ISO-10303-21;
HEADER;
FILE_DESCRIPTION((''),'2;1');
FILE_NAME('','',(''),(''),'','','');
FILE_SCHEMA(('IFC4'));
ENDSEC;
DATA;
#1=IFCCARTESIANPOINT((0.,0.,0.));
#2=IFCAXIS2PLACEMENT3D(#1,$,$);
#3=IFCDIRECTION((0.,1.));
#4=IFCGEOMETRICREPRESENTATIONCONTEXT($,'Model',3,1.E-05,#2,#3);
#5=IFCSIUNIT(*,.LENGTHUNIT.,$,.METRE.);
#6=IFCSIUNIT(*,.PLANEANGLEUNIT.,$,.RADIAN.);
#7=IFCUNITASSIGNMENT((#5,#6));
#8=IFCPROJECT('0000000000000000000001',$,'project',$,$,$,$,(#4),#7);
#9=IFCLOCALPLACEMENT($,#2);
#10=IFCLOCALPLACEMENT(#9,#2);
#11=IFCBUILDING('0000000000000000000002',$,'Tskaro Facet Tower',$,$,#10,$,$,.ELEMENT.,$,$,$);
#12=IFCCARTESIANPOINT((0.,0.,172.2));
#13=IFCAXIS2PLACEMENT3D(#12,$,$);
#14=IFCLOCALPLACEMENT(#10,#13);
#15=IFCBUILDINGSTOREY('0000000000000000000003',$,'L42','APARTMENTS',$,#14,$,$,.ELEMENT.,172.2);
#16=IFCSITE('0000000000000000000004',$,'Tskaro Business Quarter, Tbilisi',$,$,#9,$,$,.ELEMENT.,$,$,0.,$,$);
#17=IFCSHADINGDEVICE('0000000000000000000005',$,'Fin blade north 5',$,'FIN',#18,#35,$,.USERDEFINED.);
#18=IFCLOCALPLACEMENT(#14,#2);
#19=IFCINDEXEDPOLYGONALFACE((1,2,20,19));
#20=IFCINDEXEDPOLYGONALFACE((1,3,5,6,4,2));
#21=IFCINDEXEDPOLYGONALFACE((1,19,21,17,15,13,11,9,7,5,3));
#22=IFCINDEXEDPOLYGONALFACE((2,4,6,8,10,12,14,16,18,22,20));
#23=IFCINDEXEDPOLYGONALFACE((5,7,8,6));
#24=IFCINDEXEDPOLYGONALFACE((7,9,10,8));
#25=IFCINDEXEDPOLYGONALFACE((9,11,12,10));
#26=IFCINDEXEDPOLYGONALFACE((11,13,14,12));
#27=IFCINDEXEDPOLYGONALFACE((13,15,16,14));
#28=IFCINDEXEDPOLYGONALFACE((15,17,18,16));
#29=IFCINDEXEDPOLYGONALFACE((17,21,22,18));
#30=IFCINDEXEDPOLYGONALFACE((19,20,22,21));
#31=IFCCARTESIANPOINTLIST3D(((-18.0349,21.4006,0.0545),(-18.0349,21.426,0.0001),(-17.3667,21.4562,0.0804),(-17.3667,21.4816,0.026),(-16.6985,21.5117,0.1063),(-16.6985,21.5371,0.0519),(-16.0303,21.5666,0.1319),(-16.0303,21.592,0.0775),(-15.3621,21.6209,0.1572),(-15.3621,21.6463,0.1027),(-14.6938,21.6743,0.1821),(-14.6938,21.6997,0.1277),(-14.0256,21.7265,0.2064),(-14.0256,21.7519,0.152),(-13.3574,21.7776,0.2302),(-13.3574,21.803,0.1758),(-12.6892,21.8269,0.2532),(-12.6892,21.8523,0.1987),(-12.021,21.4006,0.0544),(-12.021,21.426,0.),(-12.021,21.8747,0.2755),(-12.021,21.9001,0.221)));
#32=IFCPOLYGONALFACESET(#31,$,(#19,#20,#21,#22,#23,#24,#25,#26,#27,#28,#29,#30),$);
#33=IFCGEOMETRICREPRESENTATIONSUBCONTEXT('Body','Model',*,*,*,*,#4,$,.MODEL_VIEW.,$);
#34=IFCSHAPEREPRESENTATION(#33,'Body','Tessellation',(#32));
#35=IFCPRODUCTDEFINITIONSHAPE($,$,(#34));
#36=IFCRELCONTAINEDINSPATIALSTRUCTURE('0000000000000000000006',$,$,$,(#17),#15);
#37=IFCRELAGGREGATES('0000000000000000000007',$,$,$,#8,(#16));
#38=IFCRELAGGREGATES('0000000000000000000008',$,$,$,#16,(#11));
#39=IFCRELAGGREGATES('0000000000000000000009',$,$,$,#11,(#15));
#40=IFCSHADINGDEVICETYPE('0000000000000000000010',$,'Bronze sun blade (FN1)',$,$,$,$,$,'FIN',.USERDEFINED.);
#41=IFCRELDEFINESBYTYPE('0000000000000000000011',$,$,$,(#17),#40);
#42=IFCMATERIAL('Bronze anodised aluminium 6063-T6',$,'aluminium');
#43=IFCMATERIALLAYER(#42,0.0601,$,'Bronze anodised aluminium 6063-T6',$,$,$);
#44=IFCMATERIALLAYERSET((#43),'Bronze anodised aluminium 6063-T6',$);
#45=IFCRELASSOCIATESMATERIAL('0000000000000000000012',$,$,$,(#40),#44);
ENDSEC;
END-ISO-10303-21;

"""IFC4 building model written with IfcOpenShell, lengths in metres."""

from ifc_helpers import new_model, si_unit, direction, frame, origin, place, context, subcontext, project, spatial, polyline, outline, extrude, material, layer, layer_set, type_object, element, save


model = new_model("IFC4")

# Units and contexts
model_context = context("Model", 3, precision=1e-05, world=origin(), true_north=direction((0.0, 1.0)))
body_context = subcontext(model_context, "Body", "Model", "MODEL_VIEW")
ifc_project = project(units=[si_unit("LENGTHUNIT", "METRE"), si_unit("PLANEANGLEUNIT", "RADIAN")], contexts=[model_context])

# Site, building, storey
site_placement = place(None, origin())
site = spatial("IfcSite", under=ifc_project, at=site_placement, Name="Tskaro Business Quarter, Tbilisi", CompositionType="ELEMENT", RefElevation=0.0)
building_placement = place(site_placement, origin())
building = spatial("IfcBuilding", under=site, at=building_placement, Name="Tskaro Facet Tower", CompositionType="ELEMENT")
storey_placement = place(building_placement, frame((0.0, 0.0, 172.2)))
storey = spatial("IfcBuildingStorey", under=building, at=storey_placement, Name="L42", Description="APARTMENTS", CompositionType="ELEMENT", Elevation=172.2)

# Shared definitions
ifc_material_1 = material(Name="Bronze anodised aluminium 6063-T6", Category="aluminium")

# Shading device
ifc_layer_1 = layer(ifc_material_1, 0.0601, Name="Bronze anodised aluminium 6063-T6")
ifc_layer_set_1 = layer_set([ifc_layer_1], Name="Bronze anodised aluminium 6063-T6")
shading_device_type = type_object("IfcShadingDeviceType", Name="Bronze sun blade (FN1)", ElementType="FIN", PredefinedType="USERDEFINED", material=ifc_layer_set_1)
shading_device_1_placement = place(storey_placement, frame((-12.021, 21.4006, 0.0544), z_axis=(0.000014, -0.422546, 0.906342), x_axis=(-1.0, -0.000006, 0.000012)))
element("IfcShadingDevice", 1, at=shading_device_1_placement, inside=storey, type_object=shading_device_type, Name="Fin blade north 5", ObjectType="FIN", PredefinedType="USERDEFINED", context=body_context, shape_type="SweptSolid", body=[
    extrude(outline(polyline([(0.0, 0.0), (6.0139, 0.0), (5.3457, -0.0614), (4.6775, -0.1226), (4.0093, -0.1832), (3.3411, -0.243), (2.6729, -0.302), (2.0046, -0.3596), (1.3364, -0.4159), (0.6682, -0.4703), (0.0, -0.5231), (0.0, 0.0)])), origin(), (0.0, 0.0, -1.0), 0.0601),
])

save(model, "model.ifc")
